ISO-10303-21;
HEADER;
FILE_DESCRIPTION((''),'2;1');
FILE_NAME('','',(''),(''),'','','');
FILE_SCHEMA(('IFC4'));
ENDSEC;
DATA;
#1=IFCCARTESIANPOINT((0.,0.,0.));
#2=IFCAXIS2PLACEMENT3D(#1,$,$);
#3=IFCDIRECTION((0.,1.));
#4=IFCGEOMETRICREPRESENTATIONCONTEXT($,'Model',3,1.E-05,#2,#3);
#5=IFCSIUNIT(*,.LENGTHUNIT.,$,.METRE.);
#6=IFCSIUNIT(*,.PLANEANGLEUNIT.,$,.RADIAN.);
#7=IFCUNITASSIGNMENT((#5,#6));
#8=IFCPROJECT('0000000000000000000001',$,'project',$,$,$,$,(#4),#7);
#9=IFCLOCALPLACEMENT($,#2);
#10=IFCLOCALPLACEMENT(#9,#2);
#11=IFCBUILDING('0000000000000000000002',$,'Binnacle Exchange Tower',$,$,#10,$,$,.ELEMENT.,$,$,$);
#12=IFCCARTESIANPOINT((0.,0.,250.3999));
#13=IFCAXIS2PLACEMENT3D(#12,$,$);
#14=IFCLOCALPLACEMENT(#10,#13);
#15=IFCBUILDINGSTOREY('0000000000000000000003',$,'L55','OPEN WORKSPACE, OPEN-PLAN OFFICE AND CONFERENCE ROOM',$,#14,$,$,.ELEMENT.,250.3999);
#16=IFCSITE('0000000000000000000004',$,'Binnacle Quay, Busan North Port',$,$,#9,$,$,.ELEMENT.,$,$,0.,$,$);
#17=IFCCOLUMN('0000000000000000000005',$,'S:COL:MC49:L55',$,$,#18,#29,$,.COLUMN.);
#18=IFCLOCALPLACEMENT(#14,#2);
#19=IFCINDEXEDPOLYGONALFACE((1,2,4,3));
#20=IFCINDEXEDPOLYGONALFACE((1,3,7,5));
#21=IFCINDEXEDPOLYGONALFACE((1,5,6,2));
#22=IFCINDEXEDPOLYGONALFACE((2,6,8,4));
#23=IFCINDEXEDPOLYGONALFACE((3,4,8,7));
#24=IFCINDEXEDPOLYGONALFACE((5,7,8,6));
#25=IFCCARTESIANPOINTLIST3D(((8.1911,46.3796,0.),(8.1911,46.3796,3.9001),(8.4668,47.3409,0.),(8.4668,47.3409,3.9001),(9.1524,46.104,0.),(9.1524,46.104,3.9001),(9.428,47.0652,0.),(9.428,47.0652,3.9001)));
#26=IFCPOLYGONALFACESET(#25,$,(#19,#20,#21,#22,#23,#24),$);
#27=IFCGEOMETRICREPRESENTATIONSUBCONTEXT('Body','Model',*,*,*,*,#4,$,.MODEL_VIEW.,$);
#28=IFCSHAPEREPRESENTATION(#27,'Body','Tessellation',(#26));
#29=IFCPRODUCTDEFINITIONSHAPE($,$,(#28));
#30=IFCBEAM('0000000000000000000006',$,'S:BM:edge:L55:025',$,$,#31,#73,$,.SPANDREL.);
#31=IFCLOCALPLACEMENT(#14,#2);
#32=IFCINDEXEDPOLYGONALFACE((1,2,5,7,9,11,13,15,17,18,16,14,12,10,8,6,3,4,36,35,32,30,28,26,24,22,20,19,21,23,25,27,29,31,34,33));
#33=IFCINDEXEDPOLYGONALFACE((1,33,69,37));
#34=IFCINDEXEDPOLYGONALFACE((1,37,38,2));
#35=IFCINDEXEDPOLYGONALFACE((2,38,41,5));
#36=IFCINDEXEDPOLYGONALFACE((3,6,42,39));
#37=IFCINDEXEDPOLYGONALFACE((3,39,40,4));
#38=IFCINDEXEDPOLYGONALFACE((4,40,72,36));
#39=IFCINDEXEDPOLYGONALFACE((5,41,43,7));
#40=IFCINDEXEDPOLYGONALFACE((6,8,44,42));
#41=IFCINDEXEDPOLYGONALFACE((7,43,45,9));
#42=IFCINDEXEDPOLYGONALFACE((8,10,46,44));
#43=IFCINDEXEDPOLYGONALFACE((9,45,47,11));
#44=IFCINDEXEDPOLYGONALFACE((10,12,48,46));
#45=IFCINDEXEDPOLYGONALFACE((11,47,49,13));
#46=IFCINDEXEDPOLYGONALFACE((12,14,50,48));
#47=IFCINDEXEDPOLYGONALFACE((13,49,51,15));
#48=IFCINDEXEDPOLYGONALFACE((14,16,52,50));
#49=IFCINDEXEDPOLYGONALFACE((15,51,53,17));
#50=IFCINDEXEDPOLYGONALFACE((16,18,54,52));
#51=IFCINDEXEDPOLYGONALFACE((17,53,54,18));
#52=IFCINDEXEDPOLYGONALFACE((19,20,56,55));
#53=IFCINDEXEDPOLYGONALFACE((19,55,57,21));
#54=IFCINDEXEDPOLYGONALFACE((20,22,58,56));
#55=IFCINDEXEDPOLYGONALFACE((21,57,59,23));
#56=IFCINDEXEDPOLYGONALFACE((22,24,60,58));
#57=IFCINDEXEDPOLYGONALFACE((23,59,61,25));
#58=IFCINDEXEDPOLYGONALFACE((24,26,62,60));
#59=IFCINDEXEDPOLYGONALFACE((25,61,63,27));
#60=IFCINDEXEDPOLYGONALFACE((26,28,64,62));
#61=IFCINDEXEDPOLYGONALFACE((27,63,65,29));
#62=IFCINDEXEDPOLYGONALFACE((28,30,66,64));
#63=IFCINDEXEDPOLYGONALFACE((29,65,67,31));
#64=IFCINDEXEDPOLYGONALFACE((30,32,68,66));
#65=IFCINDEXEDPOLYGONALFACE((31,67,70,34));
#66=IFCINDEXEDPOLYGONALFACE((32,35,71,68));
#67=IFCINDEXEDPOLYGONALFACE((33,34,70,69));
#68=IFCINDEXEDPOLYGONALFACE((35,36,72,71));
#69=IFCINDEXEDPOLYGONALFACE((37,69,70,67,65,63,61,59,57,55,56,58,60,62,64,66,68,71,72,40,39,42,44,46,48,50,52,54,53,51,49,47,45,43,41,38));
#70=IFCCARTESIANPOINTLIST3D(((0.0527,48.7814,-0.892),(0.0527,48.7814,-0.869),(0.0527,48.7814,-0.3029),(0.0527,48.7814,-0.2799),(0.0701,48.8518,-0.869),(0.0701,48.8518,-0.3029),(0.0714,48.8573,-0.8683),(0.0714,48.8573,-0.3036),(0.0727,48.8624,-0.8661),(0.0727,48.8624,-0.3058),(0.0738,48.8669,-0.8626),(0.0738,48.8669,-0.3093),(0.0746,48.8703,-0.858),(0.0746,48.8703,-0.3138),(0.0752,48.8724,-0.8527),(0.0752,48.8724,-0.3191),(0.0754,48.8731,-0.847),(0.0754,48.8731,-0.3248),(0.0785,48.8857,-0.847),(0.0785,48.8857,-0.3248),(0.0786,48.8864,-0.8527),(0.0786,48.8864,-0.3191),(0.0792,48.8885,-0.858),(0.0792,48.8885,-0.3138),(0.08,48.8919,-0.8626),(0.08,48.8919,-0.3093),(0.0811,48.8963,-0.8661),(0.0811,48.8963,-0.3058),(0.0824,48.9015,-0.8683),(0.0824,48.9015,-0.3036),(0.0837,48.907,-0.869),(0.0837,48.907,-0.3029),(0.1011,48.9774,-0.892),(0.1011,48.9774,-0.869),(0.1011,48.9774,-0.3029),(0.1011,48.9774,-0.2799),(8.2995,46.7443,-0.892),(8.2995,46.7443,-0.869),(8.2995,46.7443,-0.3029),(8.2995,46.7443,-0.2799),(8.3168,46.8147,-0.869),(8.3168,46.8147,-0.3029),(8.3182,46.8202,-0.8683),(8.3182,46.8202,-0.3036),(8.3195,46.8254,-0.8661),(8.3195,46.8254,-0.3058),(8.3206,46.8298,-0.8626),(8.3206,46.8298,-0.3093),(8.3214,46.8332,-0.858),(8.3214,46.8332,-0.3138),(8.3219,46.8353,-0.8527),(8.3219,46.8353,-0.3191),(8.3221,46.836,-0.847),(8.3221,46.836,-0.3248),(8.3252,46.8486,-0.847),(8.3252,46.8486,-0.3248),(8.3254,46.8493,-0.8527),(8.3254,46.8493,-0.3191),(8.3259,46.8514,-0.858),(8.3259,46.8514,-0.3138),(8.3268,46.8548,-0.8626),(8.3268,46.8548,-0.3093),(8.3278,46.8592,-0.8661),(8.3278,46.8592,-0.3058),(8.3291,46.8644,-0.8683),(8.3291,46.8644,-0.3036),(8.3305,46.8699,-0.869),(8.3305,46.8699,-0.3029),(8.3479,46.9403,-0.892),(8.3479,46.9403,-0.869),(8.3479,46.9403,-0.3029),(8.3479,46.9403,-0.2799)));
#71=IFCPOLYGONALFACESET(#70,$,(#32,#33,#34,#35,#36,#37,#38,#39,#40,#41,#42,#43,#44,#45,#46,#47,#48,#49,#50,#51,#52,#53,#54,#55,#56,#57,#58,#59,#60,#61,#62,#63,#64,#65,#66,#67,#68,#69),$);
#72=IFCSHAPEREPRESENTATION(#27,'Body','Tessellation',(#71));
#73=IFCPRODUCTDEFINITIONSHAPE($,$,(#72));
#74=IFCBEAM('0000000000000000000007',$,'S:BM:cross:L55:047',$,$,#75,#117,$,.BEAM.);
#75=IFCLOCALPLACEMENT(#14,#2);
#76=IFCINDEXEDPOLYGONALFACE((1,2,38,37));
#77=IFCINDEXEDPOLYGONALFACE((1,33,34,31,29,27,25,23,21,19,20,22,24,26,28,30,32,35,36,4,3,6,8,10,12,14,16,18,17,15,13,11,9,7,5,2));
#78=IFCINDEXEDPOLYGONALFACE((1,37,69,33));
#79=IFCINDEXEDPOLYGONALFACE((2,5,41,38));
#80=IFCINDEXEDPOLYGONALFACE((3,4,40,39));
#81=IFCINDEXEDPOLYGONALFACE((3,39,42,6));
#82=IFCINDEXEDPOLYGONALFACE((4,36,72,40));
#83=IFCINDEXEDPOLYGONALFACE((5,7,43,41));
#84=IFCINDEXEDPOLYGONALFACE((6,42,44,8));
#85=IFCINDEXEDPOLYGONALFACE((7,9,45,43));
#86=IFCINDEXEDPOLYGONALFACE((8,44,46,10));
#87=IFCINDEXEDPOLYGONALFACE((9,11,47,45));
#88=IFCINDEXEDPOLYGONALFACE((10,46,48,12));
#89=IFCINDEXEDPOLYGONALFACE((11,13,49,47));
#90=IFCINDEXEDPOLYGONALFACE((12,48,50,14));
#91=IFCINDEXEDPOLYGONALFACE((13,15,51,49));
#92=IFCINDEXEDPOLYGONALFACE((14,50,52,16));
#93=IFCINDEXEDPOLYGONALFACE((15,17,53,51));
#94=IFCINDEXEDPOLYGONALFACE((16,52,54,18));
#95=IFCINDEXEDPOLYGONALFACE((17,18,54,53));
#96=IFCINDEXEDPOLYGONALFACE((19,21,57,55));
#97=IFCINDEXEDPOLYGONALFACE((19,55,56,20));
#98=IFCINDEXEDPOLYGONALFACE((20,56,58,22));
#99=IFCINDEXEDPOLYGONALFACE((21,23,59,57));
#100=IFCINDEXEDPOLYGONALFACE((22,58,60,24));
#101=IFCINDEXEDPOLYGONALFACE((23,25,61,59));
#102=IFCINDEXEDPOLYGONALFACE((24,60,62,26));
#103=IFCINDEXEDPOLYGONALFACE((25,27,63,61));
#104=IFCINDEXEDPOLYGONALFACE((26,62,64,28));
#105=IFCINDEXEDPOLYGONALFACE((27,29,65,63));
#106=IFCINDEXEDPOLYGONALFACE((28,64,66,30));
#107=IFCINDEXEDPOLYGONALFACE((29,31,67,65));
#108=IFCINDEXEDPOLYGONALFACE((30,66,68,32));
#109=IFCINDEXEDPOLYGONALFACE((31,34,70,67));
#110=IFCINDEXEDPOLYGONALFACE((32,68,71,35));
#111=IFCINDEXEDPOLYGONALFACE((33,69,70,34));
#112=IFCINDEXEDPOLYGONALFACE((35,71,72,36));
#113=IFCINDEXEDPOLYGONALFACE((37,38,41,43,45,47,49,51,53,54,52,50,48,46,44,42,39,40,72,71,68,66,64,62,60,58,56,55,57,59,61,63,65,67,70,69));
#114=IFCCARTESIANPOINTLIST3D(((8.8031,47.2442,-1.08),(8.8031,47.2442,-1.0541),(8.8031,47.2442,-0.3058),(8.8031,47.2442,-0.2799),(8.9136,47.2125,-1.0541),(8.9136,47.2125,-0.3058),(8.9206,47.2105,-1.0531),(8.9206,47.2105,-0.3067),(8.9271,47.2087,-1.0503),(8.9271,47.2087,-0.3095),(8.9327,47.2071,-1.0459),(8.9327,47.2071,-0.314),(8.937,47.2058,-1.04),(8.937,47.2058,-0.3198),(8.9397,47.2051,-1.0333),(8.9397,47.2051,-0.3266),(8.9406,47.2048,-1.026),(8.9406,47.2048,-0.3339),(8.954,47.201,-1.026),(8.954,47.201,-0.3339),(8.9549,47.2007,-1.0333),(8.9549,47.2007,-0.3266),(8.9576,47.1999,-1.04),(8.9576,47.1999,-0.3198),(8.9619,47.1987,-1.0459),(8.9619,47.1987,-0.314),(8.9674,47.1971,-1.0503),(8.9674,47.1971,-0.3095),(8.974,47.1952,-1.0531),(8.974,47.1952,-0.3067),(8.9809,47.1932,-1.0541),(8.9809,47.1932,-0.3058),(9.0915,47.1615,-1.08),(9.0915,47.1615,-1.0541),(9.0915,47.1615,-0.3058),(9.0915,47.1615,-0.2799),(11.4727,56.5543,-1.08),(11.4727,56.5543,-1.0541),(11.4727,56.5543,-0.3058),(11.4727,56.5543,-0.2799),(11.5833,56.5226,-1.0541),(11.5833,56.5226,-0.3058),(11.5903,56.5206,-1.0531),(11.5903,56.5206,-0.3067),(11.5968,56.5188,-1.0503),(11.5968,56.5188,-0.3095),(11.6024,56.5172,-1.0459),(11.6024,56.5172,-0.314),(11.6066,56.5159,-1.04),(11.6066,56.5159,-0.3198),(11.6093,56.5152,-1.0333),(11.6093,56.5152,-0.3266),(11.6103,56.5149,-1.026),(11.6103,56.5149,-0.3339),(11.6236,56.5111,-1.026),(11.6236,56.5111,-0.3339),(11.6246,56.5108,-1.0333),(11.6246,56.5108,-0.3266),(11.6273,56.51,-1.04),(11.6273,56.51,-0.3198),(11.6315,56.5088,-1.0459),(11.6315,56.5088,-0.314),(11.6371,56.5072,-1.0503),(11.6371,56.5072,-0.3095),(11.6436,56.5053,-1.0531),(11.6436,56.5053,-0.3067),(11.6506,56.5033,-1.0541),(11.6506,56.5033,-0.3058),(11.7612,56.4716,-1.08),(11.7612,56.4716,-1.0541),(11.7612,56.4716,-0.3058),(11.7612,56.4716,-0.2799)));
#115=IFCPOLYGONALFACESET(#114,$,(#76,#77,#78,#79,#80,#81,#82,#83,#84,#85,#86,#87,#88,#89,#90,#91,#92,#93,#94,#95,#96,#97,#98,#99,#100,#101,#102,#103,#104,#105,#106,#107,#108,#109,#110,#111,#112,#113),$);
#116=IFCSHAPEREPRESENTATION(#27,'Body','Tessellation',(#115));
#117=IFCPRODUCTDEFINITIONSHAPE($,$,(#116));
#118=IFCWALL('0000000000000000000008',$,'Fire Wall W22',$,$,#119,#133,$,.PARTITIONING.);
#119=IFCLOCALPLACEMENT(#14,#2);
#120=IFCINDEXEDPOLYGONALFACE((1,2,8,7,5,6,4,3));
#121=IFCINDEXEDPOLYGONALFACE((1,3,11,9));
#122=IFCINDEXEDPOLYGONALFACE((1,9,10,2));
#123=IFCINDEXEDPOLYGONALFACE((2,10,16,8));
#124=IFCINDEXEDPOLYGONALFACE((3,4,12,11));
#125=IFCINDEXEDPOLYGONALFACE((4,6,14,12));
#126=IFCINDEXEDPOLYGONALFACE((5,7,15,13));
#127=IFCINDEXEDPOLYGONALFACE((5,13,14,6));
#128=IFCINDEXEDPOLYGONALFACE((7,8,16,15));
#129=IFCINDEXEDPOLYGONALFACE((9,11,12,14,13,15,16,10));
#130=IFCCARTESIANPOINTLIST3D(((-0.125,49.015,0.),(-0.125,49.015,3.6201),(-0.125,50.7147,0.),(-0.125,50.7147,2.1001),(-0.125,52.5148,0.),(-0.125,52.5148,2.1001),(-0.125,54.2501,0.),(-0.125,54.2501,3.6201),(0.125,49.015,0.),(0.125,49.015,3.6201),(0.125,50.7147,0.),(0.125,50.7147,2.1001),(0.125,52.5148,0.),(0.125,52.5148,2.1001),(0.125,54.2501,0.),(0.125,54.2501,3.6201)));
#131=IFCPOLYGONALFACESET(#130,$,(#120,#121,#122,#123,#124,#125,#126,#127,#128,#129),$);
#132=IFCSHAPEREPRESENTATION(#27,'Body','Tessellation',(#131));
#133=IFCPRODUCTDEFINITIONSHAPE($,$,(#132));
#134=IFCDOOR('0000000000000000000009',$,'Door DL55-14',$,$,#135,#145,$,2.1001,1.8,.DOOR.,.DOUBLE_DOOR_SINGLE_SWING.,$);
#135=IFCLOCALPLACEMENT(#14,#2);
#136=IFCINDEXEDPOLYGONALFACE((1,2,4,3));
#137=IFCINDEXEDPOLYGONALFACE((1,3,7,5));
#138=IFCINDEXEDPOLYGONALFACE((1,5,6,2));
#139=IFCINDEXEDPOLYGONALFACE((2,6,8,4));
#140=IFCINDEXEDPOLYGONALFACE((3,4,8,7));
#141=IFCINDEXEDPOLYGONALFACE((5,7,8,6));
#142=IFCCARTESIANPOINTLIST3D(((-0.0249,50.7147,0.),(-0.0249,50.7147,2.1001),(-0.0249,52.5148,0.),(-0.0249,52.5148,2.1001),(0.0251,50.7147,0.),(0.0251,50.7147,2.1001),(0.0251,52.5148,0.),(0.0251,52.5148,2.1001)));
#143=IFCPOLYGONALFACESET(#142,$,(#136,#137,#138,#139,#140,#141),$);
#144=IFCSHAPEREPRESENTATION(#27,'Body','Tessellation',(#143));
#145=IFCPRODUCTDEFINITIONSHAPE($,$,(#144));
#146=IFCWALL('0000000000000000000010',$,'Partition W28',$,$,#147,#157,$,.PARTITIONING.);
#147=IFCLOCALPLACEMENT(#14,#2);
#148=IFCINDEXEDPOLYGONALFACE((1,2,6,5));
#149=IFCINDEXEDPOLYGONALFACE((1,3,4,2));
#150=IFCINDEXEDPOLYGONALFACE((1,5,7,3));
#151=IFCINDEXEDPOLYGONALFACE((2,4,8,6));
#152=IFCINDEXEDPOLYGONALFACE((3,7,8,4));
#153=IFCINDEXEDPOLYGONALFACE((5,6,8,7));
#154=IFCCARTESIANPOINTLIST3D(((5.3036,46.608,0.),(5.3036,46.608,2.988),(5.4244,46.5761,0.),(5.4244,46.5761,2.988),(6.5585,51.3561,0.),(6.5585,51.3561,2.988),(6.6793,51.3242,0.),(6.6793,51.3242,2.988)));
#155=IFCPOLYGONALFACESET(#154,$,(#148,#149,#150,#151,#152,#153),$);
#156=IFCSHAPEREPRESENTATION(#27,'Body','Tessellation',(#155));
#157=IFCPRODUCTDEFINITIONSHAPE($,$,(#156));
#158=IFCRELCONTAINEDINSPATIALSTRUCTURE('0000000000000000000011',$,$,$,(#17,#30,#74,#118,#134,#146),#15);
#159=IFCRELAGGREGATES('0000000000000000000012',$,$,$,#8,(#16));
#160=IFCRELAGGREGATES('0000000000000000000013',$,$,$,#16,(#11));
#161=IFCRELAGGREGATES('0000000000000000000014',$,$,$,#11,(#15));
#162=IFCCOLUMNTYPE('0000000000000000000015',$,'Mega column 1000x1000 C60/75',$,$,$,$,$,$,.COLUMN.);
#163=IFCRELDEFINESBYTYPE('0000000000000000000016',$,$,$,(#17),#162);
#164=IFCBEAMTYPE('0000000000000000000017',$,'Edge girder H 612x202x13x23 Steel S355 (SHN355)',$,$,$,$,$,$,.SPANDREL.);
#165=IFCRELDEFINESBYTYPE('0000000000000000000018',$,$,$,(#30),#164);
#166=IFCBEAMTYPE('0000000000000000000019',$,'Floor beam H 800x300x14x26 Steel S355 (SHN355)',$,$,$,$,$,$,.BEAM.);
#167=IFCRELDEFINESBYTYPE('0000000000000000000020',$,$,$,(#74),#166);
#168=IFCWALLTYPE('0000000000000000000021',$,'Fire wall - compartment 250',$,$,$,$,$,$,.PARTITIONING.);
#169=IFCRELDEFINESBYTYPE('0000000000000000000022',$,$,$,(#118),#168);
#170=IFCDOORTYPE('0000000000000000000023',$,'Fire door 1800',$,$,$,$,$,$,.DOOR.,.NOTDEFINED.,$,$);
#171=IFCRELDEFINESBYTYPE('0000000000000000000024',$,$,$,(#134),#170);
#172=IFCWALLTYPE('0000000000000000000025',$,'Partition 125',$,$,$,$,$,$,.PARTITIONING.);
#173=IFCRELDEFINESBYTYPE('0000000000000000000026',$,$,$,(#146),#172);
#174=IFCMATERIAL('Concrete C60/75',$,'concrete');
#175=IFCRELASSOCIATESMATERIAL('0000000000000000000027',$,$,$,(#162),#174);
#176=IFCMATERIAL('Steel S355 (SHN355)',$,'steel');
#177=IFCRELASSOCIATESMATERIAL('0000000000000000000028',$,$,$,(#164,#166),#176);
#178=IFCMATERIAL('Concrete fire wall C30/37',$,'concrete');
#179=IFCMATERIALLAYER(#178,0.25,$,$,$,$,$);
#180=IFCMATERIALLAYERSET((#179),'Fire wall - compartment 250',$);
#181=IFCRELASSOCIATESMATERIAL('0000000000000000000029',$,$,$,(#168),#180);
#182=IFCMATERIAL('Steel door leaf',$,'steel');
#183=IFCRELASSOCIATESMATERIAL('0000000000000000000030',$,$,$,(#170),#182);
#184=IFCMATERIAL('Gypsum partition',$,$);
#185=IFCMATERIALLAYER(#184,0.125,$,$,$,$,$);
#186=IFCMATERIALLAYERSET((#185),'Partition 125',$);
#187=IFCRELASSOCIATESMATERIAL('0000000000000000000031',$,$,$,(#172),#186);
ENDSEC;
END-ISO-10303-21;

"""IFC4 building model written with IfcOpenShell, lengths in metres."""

from ifc_helpers import new_model, si_unit, direction, frame, frame_2d, origin, origin_2d, place, context, subcontext, project, spatial, rectangle, i_section, extrude, material, layer, layer_set, material_profile, profile_set, type_object, element, fill, save


model = new_model("IFC4")

# Units and contexts
model_context = context("Model", 3, precision=1e-05, world=origin(), true_north=direction((0.0, 1.0)))
body_context = subcontext(model_context, "Body", "Model", "MODEL_VIEW")
ifc_project = project(units=[si_unit("LENGTHUNIT", "METRE"), si_unit("PLANEANGLEUNIT", "RADIAN")], contexts=[model_context])

# Site, building, storey
site_placement = place(None, origin())
site = spatial("IfcSite", under=ifc_project, at=site_placement, Name="Binnacle Quay, Busan North Port", CompositionType="ELEMENT", RefElevation=0.0)
building_placement = place(site_placement, origin())
building = spatial("IfcBuilding", under=site, at=building_placement, Name="Binnacle Exchange Tower", CompositionType="ELEMENT")
storey_placement = place(building_placement, frame((0.0, 0.0, 250.3999)))
storey = spatial("IfcBuildingStorey", under=building, at=storey_placement, Name="L55", Description="OPEN WORKSPACE, OPEN-PLAN OFFICE AND CONFERENCE ROOM", CompositionType="ELEMENT", Elevation=250.3999)

# Column
ifc_material_1 = material(Name="Concrete C60/75", Category="concrete")
ifc_material_profile_1 = material_profile(ifc_material_1, rectangle(XDim=1.0, YDim=1.0, at=origin_2d()), Name="Mega column 1000x1000 C60/75")
ifc_profile_set_1 = profile_set([ifc_material_profile_1], Name="Concrete C60/75")
column_type = type_object("IfcColumnType", Name="Mega column 1000x1000 C60/75", PredefinedType="COLUMN", material=ifc_profile_set_1)
column_placement = place(storey_placement, frame((8.8096, 46.7224, 0.0), z_axis=(0.0, 0.0, 1.0), x_axis=(0.961262, -0.275637, 0.0)))
element("IfcColumn", 1, at=column_placement, inside=storey, type_object=column_type, Name="S:COL:MC49:L55", PredefinedType="COLUMN", context=body_context, shape_type="SweptSolid", body=[
    extrude(rectangle(XDim=1.0, YDim=1.0, at=origin_2d()), origin(), (0.0, 0.0, 1.0), 3.9001),
])

# Beams
ifc_material_2 = material(Name="Steel S355 (SHN355)", Category="steel")
ifc_material_profile_2 = material_profile(ifc_material_2, i_section(OverallWidth=0.2019, OverallDepth=0.6121, WebThickness=0.0129, FlangeThickness=0.0229, FilletRadius=0.022, at=origin_2d()), Name="H 612x202x13x23")
ifc_profile_set_2 = profile_set([ifc_material_profile_2], Name="Steel S355 (SHN355)")
beam_type_1 = type_object("IfcBeamType", Name="Edge girder H 612x202x13x23 Steel S355 (SHN355)", PredefinedType="SPANDREL", material=ifc_profile_set_2)
beam_1_placement = place(storey_placement, frame((0.0769, 48.8794, -0.5859), z_axis=(0.97082, -0.239809, 0.0), x_axis=(0.239809, 0.97082, 0.0)))
element("IfcBeam", 2, at=beam_1_placement, inside=storey, type_object=beam_type_1, Name="S:BM:edge:L55:025", PredefinedType="SPANDREL", context=body_context, shape_type="SweptSolid", body=[
    extrude(i_section(OverallWidth=0.2019, OverallDepth=0.6121, WebThickness=0.0129, FlangeThickness=0.0229, FilletRadius=0.022, at=origin_2d()), origin(), (0.0, 0.0, 1.0), 8.4946),
])
ifc_material_profile_3 = material_profile(ifc_material_2, i_section(OverallWidth=0.3, OverallDepth=0.8, WebThickness=0.0139, FlangeThickness=0.0259, FilletRadius=0.0281, at=origin_2d()), Name="H 800x300x14x26")
ifc_profile_set_3 = profile_set([ifc_material_profile_3], Name="Steel S355 (SHN355)")
beam_type_2 = type_object("IfcBeamType", Name="Floor beam H 800x300x14x26 Steel S355 (SHN355)", PredefinedType="BEAM", material=ifc_profile_set_3)
beam_2_placement = place(storey_placement, frame((8.9473, 47.2029, -0.6799), z_axis=(0.275643, 0.96126, 0.0), x_axis=(-0.96126, 0.275643, 0.0)))
element("IfcBeam", 3, at=beam_2_placement, inside=storey, type_object=beam_type_2, Name="S:BM:cross:L55:047", PredefinedType="BEAM", context=body_context, shape_type="SweptSolid", body=[
    extrude(i_section(OverallWidth=0.3, OverallDepth=0.8, WebThickness=0.0139, FlangeThickness=0.0259, FilletRadius=0.0281, at=origin_2d()), origin(), (0.0, 0.0, 1.0), 9.6853),
])

# Wall, opening, door
ifc_material_3 = material(Name="Concrete fire wall C30/37", Category="concrete")
ifc_layer_1 = layer(ifc_material_3, 0.25)
ifc_layer_set_1 = layer_set([ifc_layer_1], Name="Fire wall - compartment 250")
wall_type_1 = type_object("IfcWallType", Name="Fire wall - compartment 250", PredefinedType="PARTITIONING", material=ifc_layer_set_1)
wall_1_placement = place(storey_placement, frame((0.0, 49.0149, 0.0), z_axis=(0.0, 0.0, 1.0), x_axis=(0.0, 1.0, 0.0)))
wall_1 = element("IfcWall", 4, at=wall_1_placement, inside=storey, type_object=wall_type_1, Name="Fire Wall W22", PredefinedType="PARTITIONING", context=body_context, shape_type="SweptSolid", body=[
    extrude(rectangle(XDim=5.2351, YDim=0.25, at=frame_2d((2.6177, 0.0))), origin(), (0.0, 0.0, 1.0), 3.6201),
])
opening_1_placement = place(wall_1_placement, frame((1.7, 0.0, 0.0)))
opening_1 = element("IfcOpeningElement", 5, at=opening_1_placement, cuts=wall_1, PredefinedType="OPENING", context=body_context, shape_type="SweptSolid", body=[
    extrude(rectangle(XDim=1.8, YDim=2.1001, at=frame_2d((0.8999, 1.05))), frame((0.0, 0.135, 0.0), z_axis=(0.0, -1.0, 0.0), x_axis=(1.0, 0.0, 0.0)), (0.0, 0.0, 1.0), 0.27),
])
ifc_material_4 = material(Name="Steel door leaf", Category="steel")
door_type_1 = type_object("IfcDoorType", Name="Fire door 1800", OperationType="NOTDEFINED", PredefinedType="DOOR", material=ifc_material_4)
door_1_placement = place(opening_1_placement, origin())
door_1 = element("IfcDoor", 6, at=door_1_placement, inside=storey, type_object=door_type_1, Name="Door DL55-14", OperationType="DOUBLE_DOOR_SINGLE_SWING", OverallHeight=2.1001, OverallWidth=1.8, PredefinedType="DOOR", context=body_context, shape_type="SweptSolid", body=[
    extrude(rectangle(XDim=1.8, YDim=2.1001, at=frame_2d((0.8999, 1.05))), frame((0.0, 0.0249, 0.0), z_axis=(0.0, -1.0, 0.0), x_axis=(1.0, 0.0, 0.0)), (0.0, 0.0, 1.0), 0.05),
])
fill(opening_1, door_1)

# Wall
ifc_material_5 = material(Name="Gypsum partition")
ifc_layer_2 = layer(ifc_material_5, 0.125)
ifc_layer_set_2 = layer_set([ifc_layer_2], Name="Partition 125")
wall_type_2 = type_object("IfcWallType", Name="Partition 125", PredefinedType="PARTITIONING", material=ifc_layer_set_2)
wall_2_placement = place(storey_placement, frame((5.364, 46.592, 0.0), z_axis=(0.0, 0.0, 1.0), x_axis=(0.255521, 0.966804, 0.0)))
element("IfcWall", 7, at=wall_2_placement, inside=storey, type_object=wall_type_2, Name="Partition W28", PredefinedType="PARTITIONING", context=body_context, shape_type="SweptSolid", body=[
    extrude(rectangle(XDim=4.9111, YDim=0.125, at=frame_2d((2.4556, 0.0))), origin(), (0.0, 0.0, 1.0), 2.988),
])

save(model, "model.ifc")
